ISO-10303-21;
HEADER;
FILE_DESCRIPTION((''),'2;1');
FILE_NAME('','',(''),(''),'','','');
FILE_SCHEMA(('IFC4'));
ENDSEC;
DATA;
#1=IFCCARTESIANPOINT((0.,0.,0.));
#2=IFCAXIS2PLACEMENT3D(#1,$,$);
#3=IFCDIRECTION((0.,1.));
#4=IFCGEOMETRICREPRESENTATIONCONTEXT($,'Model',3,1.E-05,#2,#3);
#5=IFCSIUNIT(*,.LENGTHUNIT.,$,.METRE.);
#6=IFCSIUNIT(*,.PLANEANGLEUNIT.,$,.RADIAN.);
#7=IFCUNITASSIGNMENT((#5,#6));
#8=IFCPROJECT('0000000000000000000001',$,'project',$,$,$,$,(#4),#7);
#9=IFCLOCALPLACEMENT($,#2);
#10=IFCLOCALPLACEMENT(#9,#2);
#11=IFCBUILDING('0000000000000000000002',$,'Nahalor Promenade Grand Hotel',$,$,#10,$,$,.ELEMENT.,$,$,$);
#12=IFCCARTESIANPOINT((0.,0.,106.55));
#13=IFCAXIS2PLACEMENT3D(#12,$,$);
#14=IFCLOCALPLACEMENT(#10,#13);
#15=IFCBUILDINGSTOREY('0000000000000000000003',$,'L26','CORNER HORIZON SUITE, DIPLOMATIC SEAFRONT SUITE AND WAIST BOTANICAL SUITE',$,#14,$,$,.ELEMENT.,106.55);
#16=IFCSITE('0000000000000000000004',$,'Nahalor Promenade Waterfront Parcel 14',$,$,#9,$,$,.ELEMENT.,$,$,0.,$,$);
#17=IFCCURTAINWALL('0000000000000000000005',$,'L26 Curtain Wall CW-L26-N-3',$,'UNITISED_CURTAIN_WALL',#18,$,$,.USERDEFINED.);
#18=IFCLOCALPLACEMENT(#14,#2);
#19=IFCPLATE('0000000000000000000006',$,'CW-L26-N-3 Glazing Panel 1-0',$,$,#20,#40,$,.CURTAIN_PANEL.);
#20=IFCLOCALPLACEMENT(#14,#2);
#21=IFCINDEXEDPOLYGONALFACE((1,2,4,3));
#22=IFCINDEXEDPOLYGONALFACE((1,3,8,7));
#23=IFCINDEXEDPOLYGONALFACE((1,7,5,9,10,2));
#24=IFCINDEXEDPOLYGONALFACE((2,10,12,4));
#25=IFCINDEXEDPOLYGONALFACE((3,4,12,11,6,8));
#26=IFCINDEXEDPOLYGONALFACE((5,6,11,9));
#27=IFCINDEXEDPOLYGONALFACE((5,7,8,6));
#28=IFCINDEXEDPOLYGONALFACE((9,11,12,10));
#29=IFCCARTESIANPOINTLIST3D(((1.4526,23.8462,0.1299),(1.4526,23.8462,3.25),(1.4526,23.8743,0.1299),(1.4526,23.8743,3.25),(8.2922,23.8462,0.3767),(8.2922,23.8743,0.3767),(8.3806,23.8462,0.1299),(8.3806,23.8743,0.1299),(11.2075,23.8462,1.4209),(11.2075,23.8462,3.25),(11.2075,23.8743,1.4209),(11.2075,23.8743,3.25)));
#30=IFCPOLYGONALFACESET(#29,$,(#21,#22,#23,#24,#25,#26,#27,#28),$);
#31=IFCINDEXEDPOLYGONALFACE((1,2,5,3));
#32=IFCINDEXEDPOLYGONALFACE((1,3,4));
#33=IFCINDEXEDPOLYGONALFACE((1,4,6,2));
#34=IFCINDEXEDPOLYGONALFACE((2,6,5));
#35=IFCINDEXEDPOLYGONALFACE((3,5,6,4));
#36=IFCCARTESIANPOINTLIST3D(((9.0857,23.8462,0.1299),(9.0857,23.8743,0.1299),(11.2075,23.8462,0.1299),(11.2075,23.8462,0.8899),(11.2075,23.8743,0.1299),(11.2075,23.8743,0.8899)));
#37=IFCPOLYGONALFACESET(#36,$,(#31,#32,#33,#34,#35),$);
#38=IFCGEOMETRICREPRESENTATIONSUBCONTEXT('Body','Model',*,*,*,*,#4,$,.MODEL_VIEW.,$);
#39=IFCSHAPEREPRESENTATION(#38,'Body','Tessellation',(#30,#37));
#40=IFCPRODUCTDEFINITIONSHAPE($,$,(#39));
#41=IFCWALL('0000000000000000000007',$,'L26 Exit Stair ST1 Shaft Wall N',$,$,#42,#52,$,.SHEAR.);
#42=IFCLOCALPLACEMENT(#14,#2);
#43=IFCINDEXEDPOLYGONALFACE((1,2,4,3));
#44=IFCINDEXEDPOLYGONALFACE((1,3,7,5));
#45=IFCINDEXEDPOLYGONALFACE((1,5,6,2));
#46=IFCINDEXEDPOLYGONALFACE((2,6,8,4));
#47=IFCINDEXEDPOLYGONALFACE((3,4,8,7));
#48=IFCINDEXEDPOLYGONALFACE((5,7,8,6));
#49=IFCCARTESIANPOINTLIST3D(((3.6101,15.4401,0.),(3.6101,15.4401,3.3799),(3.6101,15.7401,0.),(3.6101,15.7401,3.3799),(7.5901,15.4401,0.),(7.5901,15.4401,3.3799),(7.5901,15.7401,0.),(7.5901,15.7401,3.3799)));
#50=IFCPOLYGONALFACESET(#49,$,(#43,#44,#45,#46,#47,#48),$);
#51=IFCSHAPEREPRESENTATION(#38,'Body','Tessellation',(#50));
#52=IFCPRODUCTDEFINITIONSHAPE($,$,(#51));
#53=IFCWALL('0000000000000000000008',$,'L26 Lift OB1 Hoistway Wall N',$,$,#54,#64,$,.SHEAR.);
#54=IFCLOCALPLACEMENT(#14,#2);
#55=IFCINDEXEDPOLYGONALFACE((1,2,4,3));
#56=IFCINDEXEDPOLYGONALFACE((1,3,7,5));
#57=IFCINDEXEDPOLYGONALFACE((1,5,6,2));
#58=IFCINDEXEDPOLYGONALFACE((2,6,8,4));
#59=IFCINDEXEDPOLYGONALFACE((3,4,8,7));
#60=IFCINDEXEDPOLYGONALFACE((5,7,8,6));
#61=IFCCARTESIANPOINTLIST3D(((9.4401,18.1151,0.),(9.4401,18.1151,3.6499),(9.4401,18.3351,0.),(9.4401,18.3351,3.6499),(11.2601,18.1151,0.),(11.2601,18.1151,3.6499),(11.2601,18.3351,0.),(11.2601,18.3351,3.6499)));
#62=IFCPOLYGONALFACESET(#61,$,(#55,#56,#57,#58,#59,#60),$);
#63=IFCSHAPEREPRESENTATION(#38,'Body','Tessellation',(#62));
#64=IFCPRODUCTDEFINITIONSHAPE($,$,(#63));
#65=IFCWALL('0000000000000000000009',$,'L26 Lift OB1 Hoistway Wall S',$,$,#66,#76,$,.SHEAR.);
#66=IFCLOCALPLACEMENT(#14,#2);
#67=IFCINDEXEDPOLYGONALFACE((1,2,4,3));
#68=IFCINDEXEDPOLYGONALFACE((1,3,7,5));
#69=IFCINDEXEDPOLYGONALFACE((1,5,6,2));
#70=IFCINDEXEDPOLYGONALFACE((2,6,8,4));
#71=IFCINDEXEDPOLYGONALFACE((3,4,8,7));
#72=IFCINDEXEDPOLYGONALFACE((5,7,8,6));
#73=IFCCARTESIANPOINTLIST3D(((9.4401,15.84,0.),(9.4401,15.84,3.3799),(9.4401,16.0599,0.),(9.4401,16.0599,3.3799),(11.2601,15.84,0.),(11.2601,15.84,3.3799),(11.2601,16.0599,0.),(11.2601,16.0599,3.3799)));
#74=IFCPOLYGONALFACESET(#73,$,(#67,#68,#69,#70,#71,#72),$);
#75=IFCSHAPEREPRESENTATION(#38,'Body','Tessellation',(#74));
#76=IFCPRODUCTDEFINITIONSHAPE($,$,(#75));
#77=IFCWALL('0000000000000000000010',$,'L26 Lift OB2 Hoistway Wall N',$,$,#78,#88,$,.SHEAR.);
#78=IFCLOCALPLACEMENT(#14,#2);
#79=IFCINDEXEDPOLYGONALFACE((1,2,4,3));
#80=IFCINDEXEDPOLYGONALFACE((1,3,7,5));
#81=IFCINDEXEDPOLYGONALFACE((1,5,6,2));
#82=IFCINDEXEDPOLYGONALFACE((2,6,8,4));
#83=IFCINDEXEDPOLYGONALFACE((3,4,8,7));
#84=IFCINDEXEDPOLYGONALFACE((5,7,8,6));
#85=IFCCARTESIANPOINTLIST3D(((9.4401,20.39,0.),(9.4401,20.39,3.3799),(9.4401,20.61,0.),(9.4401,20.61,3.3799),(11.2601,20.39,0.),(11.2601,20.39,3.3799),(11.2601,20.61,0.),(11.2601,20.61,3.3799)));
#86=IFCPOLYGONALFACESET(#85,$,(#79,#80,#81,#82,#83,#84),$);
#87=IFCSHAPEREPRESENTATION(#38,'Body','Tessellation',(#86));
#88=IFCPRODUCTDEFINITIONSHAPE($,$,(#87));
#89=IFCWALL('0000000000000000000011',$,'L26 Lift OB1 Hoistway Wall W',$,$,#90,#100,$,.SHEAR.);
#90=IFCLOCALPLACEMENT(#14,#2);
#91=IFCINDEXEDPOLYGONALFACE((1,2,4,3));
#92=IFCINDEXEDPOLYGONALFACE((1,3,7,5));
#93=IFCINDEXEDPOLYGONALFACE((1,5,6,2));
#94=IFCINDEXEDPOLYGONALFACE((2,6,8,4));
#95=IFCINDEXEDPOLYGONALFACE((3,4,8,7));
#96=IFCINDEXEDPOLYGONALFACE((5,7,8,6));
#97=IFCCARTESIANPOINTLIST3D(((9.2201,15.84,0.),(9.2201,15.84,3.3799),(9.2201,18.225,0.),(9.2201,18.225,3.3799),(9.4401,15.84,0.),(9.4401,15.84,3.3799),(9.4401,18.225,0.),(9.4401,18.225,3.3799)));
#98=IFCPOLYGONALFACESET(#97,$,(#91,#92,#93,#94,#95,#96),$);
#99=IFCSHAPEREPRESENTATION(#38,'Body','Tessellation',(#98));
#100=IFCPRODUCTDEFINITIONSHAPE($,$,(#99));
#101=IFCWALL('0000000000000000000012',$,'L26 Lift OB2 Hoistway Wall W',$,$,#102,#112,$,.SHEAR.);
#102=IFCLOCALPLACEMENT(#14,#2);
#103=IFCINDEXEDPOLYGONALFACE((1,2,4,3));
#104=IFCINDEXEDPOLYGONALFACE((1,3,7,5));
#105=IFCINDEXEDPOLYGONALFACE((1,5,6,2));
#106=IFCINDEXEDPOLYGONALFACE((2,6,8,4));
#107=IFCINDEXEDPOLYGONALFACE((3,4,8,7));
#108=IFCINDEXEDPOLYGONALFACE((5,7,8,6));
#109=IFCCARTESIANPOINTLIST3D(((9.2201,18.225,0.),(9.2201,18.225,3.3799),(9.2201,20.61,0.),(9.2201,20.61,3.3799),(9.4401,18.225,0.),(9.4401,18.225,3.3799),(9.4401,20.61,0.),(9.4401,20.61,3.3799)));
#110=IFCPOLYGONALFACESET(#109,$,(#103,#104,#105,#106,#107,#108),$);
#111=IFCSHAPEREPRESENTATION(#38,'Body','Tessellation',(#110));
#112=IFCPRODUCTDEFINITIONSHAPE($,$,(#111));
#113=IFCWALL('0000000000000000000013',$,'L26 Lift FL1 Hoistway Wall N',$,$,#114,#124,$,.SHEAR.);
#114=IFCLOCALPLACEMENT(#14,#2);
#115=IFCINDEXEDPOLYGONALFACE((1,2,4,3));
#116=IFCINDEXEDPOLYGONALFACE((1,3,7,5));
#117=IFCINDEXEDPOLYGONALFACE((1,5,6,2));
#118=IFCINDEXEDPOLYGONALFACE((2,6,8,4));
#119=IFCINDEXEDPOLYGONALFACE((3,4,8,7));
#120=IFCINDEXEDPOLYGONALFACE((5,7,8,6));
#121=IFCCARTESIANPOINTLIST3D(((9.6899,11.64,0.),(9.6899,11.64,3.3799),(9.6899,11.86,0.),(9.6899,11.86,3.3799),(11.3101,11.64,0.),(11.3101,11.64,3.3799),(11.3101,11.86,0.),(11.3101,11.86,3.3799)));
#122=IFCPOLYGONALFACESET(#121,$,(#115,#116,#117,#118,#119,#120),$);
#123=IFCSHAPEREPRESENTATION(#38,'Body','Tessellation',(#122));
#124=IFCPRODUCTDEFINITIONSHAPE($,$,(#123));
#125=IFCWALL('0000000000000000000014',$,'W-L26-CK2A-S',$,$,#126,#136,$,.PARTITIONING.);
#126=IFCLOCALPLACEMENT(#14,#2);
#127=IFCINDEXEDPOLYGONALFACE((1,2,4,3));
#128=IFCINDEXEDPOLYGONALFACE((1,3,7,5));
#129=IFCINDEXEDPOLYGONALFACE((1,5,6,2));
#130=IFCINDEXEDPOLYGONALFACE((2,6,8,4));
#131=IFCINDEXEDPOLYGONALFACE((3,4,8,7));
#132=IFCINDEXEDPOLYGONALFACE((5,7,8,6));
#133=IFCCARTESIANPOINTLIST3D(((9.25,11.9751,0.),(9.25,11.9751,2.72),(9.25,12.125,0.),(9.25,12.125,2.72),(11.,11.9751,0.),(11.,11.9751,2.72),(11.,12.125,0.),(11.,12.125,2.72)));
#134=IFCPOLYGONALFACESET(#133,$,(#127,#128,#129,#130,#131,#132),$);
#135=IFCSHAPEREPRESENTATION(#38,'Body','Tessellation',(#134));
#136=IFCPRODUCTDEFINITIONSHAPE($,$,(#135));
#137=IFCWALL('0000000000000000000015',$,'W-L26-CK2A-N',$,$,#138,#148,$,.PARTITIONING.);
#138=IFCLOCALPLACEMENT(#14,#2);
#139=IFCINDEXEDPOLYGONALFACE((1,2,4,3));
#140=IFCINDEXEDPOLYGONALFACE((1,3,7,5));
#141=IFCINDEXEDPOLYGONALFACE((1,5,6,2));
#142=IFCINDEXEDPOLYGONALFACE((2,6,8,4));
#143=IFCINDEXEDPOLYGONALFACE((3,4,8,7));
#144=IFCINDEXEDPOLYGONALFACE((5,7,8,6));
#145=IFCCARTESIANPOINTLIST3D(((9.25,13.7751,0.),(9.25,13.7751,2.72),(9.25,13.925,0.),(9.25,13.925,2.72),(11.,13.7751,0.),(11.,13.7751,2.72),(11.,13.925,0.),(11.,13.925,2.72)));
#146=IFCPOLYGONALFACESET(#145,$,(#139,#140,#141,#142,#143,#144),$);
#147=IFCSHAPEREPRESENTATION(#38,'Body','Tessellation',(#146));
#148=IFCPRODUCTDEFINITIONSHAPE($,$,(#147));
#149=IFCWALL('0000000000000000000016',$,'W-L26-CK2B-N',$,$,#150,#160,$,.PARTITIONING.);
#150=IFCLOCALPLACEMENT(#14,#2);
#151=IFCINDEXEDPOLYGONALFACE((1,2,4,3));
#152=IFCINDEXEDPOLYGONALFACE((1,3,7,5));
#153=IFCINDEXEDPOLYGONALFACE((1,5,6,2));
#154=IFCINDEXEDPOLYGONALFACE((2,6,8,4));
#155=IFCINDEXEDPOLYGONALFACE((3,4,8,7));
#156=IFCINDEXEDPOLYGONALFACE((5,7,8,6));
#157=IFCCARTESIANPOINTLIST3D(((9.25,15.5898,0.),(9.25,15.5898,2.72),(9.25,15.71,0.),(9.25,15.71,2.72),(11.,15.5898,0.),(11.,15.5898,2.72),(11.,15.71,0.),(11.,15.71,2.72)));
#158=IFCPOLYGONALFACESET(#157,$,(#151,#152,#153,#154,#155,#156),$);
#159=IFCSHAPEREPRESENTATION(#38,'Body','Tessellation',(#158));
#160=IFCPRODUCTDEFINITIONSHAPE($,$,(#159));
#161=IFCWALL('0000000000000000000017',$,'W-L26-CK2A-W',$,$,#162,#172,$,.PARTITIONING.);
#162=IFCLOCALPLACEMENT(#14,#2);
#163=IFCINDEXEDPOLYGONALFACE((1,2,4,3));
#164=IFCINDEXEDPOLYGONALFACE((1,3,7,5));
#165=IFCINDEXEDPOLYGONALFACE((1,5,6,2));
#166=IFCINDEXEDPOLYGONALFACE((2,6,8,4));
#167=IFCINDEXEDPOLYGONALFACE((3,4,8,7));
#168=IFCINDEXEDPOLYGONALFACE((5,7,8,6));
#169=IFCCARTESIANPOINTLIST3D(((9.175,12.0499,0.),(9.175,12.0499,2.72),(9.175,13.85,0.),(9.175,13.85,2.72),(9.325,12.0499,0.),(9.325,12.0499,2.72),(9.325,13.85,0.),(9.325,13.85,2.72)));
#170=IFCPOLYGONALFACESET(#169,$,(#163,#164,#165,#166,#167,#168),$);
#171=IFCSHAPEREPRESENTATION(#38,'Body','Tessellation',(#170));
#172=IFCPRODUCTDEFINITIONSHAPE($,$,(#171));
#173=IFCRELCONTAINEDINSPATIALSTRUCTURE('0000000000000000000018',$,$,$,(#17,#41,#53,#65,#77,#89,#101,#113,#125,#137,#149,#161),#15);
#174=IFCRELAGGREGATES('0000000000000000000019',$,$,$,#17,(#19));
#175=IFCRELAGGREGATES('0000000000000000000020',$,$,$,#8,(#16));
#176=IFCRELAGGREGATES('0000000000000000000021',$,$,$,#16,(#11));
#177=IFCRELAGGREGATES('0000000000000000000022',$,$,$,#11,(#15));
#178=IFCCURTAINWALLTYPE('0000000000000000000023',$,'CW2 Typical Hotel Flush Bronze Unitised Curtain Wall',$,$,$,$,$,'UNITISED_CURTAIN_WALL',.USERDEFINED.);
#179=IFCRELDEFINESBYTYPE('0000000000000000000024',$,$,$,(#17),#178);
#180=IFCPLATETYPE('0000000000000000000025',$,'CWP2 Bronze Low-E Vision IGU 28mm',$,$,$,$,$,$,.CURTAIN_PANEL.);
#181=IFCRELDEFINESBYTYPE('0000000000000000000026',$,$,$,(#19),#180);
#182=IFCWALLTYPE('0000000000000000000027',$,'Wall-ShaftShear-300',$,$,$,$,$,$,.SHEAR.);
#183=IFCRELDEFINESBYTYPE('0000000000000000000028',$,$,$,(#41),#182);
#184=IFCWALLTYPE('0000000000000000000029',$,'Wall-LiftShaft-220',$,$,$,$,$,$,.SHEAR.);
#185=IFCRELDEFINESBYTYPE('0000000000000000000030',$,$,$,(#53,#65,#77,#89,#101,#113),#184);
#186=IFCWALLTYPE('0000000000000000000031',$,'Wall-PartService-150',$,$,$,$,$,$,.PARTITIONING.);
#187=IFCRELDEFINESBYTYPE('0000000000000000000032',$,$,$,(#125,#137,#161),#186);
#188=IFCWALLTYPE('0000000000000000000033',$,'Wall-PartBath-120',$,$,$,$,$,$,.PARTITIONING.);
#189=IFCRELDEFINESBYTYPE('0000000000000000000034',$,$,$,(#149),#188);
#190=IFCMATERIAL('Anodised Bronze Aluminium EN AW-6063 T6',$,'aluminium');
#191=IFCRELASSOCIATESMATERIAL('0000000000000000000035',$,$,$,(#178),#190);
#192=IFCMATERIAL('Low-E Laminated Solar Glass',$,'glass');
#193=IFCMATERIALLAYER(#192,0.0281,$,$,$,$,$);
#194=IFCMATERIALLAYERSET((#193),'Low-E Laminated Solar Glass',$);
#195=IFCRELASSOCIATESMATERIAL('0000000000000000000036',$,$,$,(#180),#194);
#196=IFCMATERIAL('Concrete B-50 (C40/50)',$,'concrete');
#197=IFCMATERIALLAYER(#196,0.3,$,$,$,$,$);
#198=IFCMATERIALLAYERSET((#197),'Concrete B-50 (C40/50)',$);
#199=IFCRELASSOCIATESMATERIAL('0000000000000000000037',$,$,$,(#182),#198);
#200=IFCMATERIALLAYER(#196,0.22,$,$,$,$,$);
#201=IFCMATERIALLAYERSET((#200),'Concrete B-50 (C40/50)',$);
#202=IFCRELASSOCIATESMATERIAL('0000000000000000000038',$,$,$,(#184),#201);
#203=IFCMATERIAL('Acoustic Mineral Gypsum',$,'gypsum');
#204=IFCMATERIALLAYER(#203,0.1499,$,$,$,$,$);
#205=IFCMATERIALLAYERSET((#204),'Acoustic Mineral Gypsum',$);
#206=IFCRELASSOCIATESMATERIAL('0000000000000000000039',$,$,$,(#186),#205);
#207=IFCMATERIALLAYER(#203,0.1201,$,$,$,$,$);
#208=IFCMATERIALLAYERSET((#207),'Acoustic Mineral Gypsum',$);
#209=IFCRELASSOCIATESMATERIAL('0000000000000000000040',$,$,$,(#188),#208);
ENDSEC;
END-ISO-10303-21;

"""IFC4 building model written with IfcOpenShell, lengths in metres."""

from ifc_helpers import new_model, si_unit, direction, frame, frame_2d, origin, place, context, subcontext, project, spatial, polyline, rectangle, outline, extrude, source, transform, mapped, material, layer, layer_set, type_object, element, aggregate, save


model = new_model("IFC4")

# Units and contexts
model_context = context("Model", 3, precision=1e-05, world=origin(), true_north=direction((0.0, 1.0)))
body_context = subcontext(model_context, "Body", "Model", "MODEL_VIEW")
ifc_project = project(units=[si_unit("LENGTHUNIT", "METRE"), si_unit("PLANEANGLEUNIT", "RADIAN")], contexts=[model_context])

# Site, building, storey
site_placement = place(None, origin())
site = spatial("IfcSite", under=ifc_project, at=site_placement, Name="Nahalor Promenade Waterfront Parcel 14", CompositionType="ELEMENT", RefElevation=0.0)
building_placement = place(site_placement, origin())
building = spatial("IfcBuilding", under=site, at=building_placement, Name="Nahalor Promenade Grand Hotel", CompositionType="ELEMENT")
storey_placement = place(building_placement, frame((0.0, 0.0, 106.55)))
storey = spatial("IfcBuildingStorey", under=building, at=storey_placement, Name="L26", Description="CORNER HORIZON SUITE, DIPLOMATIC SEAFRONT SUITE AND WAIST BOTANICAL SUITE", CompositionType="ELEMENT", Elevation=106.55)

# Curtain wall, plate
ifc_material_1 = material(Name="Anodised Bronze Aluminium EN AW-6063 T6", Category="aluminium")
curtain_wall_type = type_object("IfcCurtainWallType", Name="CW2 Typical Hotel Flush Bronze Unitised Curtain Wall", ElementType="UNITISED_CURTAIN_WALL", PredefinedType="USERDEFINED", material=ifc_material_1)
curtain_wall_placement = place(storey_placement, origin())
curtain_wall = element("IfcCurtainWall", 1, at=curtain_wall_placement, inside=storey, type_object=curtain_wall_type, Name="L26 Curtain Wall CW-L26-N-3", ObjectType="UNITISED_CURTAIN_WALL", PredefinedType="USERDEFINED")
ifc_material_2 = material(Name="Low-E Laminated Solar Glass", Category="glass")
ifc_layer_1 = layer(ifc_material_2, 0.0281)
ifc_layer_set_1 = layer_set([ifc_layer_1], Name="Low-E Laminated Solar Glass")
plate_type = type_object("IfcPlateType", Name="CWP2 Bronze Low-E Vision IGU 28mm", PredefinedType="CURTAIN_PANEL", material=ifc_layer_set_1)
plate_placement = place(storey_placement, frame((6.3301, 23.8601, 0.1299), z_axis=(0.0, 0.0, 1.0), x_axis=(1.0, 0.0, 0.0)))
plate = element("IfcPlate", 2, at=plate_placement, type_object=plate_type, Name="CW-L26-N-3 Glazing Panel 1-0", PredefinedType="CURTAIN_PANEL", context=body_context, shape_type="SweptSolid", body=[
    extrude(outline(polyline([(-4.8774, 3.1201), (-4.8774, 0.0), (2.0505, 0.0), (1.9622, 0.2468), (4.8774, 1.291), (4.8774, 3.1201), (-4.8774, 3.1201)])), frame((0.0, 0.0142, 0.0), z_axis=(0.0, -1.0, 0.0), x_axis=(1.0, 0.0, 0.0)), (0.0, 0.0, 1.0), 0.0281),
    extrude(outline(polyline([(2.7556, 0.0), (4.8774, 0.0), (4.8774, 0.76), (2.7556, 0.0)])), frame((0.0, 0.0142, 0.0), z_axis=(0.0, -1.0, 0.0), x_axis=(1.0, 0.0, 0.0)), (0.0, 0.0, 1.0), 0.0281),
])
aggregate(curtain_wall, [plate])

# Walls
ifc_material_3 = material(Name="Concrete B-50 (C40/50)", Category="concrete")
ifc_layer_2 = layer(ifc_material_3, 0.3)
ifc_layer_set_2 = layer_set([ifc_layer_2], Name="Concrete B-50 (C40/50)")
wall_type_1 = type_object("IfcWallType", Name="Wall-ShaftShear-300", PredefinedType="SHEAR", material=ifc_layer_set_2)
shared_shape_1 = source(origin(), body_context, "Body", "SweptSolid", [
    extrude(rectangle(XDim=3.98, YDim=0.3, at=frame_2d((1.99, 0.0))), origin(), (0.0, 0.0, 1.0), 3.3799),
])
wall_1_placement = place(storey_placement, frame((3.6101, 15.5901, 0.0), z_axis=(0.0, 0.0, 1.0), x_axis=(1.0, 0.0, 0.0)))
element("IfcWall", 3, at=wall_1_placement, inside=storey, type_object=wall_type_1, Name="L26 Exit Stair ST1 Shaft Wall N", PredefinedType="SHEAR", context=body_context, shape_type="MappedRepresentation", body=[
    mapped(shared_shape_1, transform((0.0, 0.0, 0.0), scale=1.0)),
])
ifc_layer_3 = layer(ifc_material_3, 0.22)
ifc_layer_set_3 = layer_set([ifc_layer_3], Name="Concrete B-50 (C40/50)")
wall_type_2 = type_object("IfcWallType", Name="Wall-LiftShaft-220", PredefinedType="SHEAR", material=ifc_layer_set_3)
shared_shape_2 = source(origin(), body_context, "Body", "SweptSolid", [
    extrude(rectangle(XDim=1.8201, YDim=0.22, at=frame_2d((0.9102, 0.0))), origin(), (0.0, 0.0, 1.0), 3.6499),
])
wall_2_placement = place(storey_placement, frame((9.4399, 18.2251, 0.0), z_axis=(0.0, 0.0, 1.0), x_axis=(1.0, 0.0, 0.0)))
element("IfcWall", 4, at=wall_2_placement, inside=storey, type_object=wall_type_2, Name="L26 Lift OB1 Hoistway Wall N", PredefinedType="SHEAR", context=body_context, shape_type="MappedRepresentation", body=[
    mapped(shared_shape_2, transform((0.0, 0.0, 0.0), scale=1.0)),
])
shared_shape_3 = source(origin(), body_context, "Body", "SweptSolid", [
    extrude(rectangle(XDim=1.8201, YDim=0.22, at=frame_2d((0.9102, 0.0))), origin(), (0.0, 0.0, 1.0), 3.3799),
])
for number, where, z_axis, x_axis, name in (
    (5, (9.4399, 15.95, 0.0), (0.0, 0.0, 1.0), (1.0, 0.0, 0.0), "L26 Lift OB1 Hoistway Wall S"),
    (6, (9.4399, 20.5, 0.0), (0.0, 0.0, 1.0), (1.0, 0.0, 0.0), "L26 Lift OB2 Hoistway Wall N"),
):
    element("IfcWall", number, at=place(storey_placement, frame(where, z_axis=z_axis, x_axis=x_axis)), inside=storey, type_object=wall_type_2, Name=name, PredefinedType="SHEAR", context=body_context, shape_type="MappedRepresentation", body=[
        mapped(shared_shape_3, transform((0.0, 0.0, 0.0), scale=1.0)),
    ])
shared_shape_4 = source(origin(), body_context, "Body", "SweptSolid", [
    extrude(rectangle(XDim=2.385, YDim=0.22, at=frame_2d((1.1924, 0.0))), origin(), (0.0, 0.0, 1.0), 3.3799),
])
for number, where, z_axis, x_axis, name in (
    (7, (9.3301, 15.8401, 0.0), (0.0, 0.0, 1.0), (0.0, 1.0, 0.0), "L26 Lift OB1 Hoistway Wall W"),
    (8, (9.3301, 18.2251, 0.0), (0.0, 0.0, 1.0), (0.0, 1.0, 0.0), "L26 Lift OB2 Hoistway Wall W"),
):
    element("IfcWall", number, at=place(storey_placement, frame(where, z_axis=z_axis, x_axis=x_axis)), inside=storey, type_object=wall_type_2, Name=name, PredefinedType="SHEAR", context=body_context, shape_type="MappedRepresentation", body=[
        mapped(shared_shape_4, transform((0.0, 0.0, 0.0), scale=1.0)),
    ])
shared_shape_5 = source(origin(), body_context, "Body", "SweptSolid", [
    extrude(rectangle(XDim=1.6201, YDim=0.22, at=frame_2d((0.8101, 0.0))), origin(), (0.0, 0.0, 1.0), 3.3799),
])
wall_3_placement = place(storey_placement, frame((9.6899, 11.75, 0.0), z_axis=(0.0, 0.0, 1.0), x_axis=(1.0, 0.0, 0.0)))
element("IfcWall", 9, at=wall_3_placement, inside=storey, type_object=wall_type_2, Name="L26 Lift FL1 Hoistway Wall N", PredefinedType="SHEAR", context=body_context, shape_type="MappedRepresentation", body=[
    mapped(shared_shape_5, transform((0.0, 0.0, 0.0), scale=1.0)),
])
ifc_material_4 = material(Name="Acoustic Mineral Gypsum", Category="gypsum")
ifc_layer_4 = layer(ifc_material_4, 0.1499)
ifc_layer_set_4 = layer_set([ifc_layer_4], Name="Acoustic Mineral Gypsum")
wall_type_3 = type_object("IfcWallType", Name="Wall-PartService-150", PredefinedType="PARTITIONING", material=ifc_layer_set_4)
shared_shape_6 = source(origin(), body_context, "Body", "SweptSolid", [
    extrude(rectangle(XDim=1.75, YDim=0.1499, at=frame_2d((0.875, 0.0))), origin(), (0.0, 0.0, 1.0), 2.72),
])
for number, where, z_axis, x_axis, name in (
    (10, (9.25, 12.05, 0.0), (0.0, 0.0, 1.0), (1.0, 0.0, 0.0), "W-L26-CK2A-S"),
    (11, (9.25, 13.8501, 0.0), (0.0, 0.0, 1.0), (1.0, 0.0, 0.0), "W-L26-CK2A-N"),
):
    element("IfcWall", number, at=place(storey_placement, frame(where, z_axis=z_axis, x_axis=x_axis)), inside=storey, type_object=wall_type_3, Name=name, PredefinedType="PARTITIONING", context=body_context, shape_type="MappedRepresentation", body=[
        mapped(shared_shape_6, transform((0.0, 0.0, 0.0), scale=1.0)),
    ])
ifc_layer_5 = layer(ifc_material_4, 0.1201)
ifc_layer_set_5 = layer_set([ifc_layer_5], Name="Acoustic Mineral Gypsum")
wall_type_4 = type_object("IfcWallType", Name="Wall-PartBath-120", PredefinedType="PARTITIONING", material=ifc_layer_set_5)
shared_shape_7 = source(origin(), body_context, "Body", "SweptSolid", [
    extrude(rectangle(XDim=1.75, YDim=0.1201, at=frame_2d((0.875, 0.0))), origin(), (0.0, 0.0, 1.0), 2.72),
])
wall_4_placement = place(storey_placement, frame((9.25, 15.6499, 0.0), z_axis=(0.0, 0.0, 1.0), x_axis=(1.0, 0.0, 0.0)))
element("IfcWall", 12, at=wall_4_placement, inside=storey, type_object=wall_type_4, Name="W-L26-CK2B-N", PredefinedType="PARTITIONING", context=body_context, shape_type="MappedRepresentation", body=[
    mapped(shared_shape_7, transform((0.0, 0.0, 0.0), scale=1.0)),
])
shared_shape_8 = source(origin(), body_context, "Body", "SweptSolid", [
    extrude(rectangle(XDim=1.8, YDim=0.1499, at=frame_2d((0.8999, 0.0))), origin(), (0.0, 0.0, 1.0), 2.72),
])
wall_5_placement = place(storey_placement, frame((9.25, 12.05, 0.0), z_axis=(0.0, 0.0, 1.0), x_axis=(0.0, 1.0, 0.0)))
element("IfcWall", 13, at=wall_5_placement, inside=storey, type_object=wall_type_3, Name="W-L26-CK2A-W", PredefinedType="PARTITIONING", context=body_context, shape_type="MappedRepresentation", body=[
    mapped(shared_shape_8, transform((0.0, 0.0, 0.0), scale=1.0)),
])

save(model, "model.ifc")
